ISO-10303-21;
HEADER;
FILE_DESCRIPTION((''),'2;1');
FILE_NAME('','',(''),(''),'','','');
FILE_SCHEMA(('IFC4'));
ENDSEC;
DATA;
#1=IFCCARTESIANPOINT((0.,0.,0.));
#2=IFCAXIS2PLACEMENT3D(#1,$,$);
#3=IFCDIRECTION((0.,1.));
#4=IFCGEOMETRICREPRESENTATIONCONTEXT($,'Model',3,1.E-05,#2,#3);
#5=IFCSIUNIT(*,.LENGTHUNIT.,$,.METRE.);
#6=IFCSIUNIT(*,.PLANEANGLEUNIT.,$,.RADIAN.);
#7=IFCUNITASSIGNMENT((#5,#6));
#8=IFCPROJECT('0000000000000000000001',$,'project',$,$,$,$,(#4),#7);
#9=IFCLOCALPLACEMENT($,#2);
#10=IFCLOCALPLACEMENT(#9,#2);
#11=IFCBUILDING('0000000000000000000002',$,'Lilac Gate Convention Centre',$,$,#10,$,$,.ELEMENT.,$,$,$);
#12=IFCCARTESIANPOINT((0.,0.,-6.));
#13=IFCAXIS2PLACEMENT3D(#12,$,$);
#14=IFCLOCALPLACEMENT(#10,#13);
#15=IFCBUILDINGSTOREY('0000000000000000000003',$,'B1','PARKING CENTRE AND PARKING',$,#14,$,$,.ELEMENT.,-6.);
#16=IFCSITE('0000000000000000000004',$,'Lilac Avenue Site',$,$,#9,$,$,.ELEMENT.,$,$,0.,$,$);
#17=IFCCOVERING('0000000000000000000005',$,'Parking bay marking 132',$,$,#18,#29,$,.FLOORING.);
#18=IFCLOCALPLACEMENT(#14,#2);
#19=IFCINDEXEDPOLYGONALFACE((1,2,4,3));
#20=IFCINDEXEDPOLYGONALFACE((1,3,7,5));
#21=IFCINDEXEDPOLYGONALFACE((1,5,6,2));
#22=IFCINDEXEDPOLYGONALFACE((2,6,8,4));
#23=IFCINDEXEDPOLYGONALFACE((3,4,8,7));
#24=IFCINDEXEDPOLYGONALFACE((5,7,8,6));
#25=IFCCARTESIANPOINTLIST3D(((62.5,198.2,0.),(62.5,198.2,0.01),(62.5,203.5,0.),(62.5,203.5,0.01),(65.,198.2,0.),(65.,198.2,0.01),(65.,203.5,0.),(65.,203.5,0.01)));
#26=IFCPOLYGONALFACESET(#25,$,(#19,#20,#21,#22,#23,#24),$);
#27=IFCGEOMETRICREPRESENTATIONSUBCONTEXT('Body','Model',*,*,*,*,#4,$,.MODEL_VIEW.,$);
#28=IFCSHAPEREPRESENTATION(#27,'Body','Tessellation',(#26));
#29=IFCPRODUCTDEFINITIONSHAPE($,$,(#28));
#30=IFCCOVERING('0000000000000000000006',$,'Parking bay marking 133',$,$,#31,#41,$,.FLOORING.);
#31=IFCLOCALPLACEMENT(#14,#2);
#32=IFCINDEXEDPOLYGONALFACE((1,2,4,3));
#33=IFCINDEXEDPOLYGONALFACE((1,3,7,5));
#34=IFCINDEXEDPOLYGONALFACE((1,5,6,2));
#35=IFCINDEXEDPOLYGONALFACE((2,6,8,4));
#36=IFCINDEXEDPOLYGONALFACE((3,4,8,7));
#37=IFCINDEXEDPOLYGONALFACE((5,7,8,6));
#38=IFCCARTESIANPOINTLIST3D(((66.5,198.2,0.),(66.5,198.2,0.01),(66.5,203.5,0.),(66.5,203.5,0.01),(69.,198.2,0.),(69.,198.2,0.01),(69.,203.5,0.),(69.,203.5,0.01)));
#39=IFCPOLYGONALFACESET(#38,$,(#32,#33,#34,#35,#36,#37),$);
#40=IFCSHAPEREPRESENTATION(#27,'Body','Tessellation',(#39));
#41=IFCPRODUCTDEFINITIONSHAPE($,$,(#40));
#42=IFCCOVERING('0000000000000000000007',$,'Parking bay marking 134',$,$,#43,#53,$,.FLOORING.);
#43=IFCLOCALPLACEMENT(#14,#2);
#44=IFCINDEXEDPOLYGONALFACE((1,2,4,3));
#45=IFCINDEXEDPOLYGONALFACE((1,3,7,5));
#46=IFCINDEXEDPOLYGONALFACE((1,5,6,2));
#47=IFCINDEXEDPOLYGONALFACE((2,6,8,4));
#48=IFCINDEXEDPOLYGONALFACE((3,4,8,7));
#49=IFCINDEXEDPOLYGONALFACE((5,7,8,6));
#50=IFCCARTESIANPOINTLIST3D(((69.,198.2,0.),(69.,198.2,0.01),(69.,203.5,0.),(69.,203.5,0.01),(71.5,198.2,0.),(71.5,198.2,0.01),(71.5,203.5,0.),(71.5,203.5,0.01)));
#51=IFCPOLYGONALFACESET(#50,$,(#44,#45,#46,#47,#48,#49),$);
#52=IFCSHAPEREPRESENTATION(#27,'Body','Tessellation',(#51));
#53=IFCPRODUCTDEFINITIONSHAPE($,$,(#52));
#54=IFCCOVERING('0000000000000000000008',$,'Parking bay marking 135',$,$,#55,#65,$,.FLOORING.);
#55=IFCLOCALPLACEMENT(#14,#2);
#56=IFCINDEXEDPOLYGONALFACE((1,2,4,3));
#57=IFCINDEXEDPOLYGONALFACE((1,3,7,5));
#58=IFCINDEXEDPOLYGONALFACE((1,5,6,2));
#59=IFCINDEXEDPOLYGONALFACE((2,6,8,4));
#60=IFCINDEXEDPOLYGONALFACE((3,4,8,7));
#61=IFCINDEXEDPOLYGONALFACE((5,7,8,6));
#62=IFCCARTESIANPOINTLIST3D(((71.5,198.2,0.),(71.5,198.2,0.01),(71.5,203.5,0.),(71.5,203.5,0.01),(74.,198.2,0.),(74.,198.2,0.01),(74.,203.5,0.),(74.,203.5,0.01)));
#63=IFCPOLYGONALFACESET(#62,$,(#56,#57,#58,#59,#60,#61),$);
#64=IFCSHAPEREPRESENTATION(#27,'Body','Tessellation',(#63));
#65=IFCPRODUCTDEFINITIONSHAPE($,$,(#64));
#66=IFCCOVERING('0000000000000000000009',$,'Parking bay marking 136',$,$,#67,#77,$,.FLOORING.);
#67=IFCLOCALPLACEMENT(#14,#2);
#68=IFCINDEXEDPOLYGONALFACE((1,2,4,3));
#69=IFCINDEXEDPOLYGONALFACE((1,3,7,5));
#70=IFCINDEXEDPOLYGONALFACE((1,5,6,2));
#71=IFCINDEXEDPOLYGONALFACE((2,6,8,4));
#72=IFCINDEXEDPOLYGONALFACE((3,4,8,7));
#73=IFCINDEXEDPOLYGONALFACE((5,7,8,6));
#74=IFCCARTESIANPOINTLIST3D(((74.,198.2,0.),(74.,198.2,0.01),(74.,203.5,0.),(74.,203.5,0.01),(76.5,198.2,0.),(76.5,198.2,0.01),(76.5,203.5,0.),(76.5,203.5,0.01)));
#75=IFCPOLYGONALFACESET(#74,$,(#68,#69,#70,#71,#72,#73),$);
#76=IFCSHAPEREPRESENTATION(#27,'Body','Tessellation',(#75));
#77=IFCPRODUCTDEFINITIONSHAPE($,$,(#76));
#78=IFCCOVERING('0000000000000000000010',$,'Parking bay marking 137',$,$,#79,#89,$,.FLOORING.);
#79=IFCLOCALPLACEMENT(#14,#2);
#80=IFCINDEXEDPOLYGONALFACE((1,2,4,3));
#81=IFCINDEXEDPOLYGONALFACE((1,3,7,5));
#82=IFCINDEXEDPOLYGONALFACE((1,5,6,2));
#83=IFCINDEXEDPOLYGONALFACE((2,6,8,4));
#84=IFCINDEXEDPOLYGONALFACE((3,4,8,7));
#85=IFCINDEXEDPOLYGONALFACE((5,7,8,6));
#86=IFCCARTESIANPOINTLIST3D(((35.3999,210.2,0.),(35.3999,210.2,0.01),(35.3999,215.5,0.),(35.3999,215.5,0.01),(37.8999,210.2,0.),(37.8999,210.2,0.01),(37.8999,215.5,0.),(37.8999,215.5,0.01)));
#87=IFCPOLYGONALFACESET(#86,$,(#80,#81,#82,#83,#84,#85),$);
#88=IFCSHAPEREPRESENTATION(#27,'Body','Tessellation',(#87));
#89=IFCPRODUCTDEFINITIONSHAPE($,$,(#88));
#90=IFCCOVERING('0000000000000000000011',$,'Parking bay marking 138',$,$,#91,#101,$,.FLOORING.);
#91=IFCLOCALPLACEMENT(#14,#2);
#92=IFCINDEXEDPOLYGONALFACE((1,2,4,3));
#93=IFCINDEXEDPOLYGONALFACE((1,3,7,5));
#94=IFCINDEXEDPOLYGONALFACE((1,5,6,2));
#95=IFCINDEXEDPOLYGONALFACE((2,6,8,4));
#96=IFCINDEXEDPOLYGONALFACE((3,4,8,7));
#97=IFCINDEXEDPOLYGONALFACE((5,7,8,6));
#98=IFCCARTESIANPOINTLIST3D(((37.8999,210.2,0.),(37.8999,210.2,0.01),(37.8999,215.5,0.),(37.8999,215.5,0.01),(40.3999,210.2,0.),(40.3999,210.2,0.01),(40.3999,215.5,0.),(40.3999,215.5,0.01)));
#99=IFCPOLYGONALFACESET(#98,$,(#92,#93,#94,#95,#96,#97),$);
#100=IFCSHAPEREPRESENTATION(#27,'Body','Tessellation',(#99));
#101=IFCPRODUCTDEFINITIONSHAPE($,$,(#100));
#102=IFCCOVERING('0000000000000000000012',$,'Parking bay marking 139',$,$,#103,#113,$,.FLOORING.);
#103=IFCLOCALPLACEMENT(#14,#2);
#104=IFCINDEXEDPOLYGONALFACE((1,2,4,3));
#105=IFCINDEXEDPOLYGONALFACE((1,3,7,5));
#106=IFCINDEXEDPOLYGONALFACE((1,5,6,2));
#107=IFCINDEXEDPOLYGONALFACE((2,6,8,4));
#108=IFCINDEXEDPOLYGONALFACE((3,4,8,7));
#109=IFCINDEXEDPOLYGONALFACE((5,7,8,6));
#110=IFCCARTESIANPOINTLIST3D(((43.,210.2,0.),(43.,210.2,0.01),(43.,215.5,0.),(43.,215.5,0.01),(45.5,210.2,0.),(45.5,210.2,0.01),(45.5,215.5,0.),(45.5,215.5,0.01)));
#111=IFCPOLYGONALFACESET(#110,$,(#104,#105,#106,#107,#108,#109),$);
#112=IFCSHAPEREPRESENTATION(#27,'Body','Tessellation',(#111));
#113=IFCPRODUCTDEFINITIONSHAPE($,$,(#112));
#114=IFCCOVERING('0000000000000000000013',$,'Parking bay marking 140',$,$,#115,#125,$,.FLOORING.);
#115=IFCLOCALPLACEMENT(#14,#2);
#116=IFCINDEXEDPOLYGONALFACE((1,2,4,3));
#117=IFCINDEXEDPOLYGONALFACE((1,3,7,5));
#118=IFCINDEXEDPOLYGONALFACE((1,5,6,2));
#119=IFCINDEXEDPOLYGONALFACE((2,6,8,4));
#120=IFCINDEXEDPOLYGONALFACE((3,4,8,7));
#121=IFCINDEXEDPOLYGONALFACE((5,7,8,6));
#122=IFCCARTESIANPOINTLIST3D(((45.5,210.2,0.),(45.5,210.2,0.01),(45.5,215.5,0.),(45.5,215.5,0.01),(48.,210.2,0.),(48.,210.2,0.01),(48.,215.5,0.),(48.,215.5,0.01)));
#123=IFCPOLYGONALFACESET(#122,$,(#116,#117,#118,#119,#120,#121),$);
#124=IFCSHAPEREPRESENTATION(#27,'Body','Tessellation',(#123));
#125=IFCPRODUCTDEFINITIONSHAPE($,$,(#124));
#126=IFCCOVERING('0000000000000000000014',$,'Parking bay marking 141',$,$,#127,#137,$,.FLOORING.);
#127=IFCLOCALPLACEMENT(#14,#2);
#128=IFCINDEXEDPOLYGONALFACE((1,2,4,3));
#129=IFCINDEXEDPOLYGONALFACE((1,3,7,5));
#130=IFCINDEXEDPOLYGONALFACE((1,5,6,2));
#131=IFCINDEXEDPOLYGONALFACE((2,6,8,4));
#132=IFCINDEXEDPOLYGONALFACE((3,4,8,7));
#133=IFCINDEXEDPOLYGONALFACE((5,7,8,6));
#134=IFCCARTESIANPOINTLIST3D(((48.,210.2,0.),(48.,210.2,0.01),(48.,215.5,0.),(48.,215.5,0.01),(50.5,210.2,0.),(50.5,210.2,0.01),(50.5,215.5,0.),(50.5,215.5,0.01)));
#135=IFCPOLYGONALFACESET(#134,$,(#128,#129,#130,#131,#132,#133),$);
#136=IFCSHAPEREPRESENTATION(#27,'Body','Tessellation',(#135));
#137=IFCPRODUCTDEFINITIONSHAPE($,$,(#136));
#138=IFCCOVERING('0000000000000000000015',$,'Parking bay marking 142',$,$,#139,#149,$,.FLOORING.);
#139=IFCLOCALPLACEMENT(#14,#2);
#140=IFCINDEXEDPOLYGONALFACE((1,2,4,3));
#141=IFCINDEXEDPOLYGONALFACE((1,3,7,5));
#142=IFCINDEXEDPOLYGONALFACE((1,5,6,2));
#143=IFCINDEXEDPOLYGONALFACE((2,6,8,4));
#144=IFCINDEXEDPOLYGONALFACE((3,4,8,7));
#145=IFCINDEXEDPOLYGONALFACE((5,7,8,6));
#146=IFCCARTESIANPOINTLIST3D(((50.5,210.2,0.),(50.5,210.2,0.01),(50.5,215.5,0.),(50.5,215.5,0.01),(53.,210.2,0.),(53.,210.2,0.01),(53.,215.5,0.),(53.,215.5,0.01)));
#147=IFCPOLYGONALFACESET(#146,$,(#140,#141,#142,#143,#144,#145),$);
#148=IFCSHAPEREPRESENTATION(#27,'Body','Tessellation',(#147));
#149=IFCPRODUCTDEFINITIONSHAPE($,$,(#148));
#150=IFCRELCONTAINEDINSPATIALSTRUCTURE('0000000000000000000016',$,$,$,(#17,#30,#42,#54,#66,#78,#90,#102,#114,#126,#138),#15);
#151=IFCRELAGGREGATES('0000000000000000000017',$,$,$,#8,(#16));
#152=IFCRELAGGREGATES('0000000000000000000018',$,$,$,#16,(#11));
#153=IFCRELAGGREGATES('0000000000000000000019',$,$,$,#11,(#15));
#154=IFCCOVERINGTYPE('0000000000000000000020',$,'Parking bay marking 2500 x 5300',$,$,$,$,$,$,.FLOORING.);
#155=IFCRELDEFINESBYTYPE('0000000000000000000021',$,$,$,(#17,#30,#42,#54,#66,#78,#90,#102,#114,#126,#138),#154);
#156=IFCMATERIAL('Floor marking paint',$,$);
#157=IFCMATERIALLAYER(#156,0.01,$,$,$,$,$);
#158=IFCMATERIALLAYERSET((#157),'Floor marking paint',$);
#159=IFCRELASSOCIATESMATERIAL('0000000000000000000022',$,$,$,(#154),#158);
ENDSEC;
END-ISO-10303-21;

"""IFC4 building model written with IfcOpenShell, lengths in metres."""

from ifc_helpers import new_model, si_unit, direction, frame, origin, place, context, subcontext, project, spatial, polyline, outline, extrude, material, layer, layer_set, type_object, element, save


model = new_model("IFC4")

# Units and contexts
model_context = context("Model", 3, precision=1e-05, world=origin(), true_north=direction((0.0, 1.0)))
body_context = subcontext(model_context, "Body", "Model", "MODEL_VIEW")
ifc_project = project(units=[si_unit("LENGTHUNIT", "METRE"), si_unit("PLANEANGLEUNIT", "RADIAN")], contexts=[model_context])

# Site, building, storey
site_placement = place(None, origin())
site = spatial("IfcSite", under=ifc_project, at=site_placement, Name="Lilac Avenue Site", CompositionType="ELEMENT", RefElevation=0.0)
building_placement = place(site_placement, origin())
building = spatial("IfcBuilding", under=site, at=building_placement, Name="Lilac Gate Convention Centre", CompositionType="ELEMENT")
storey_placement = place(building_placement, frame((0.0, 0.0, -6.0)))
storey = spatial("IfcBuildingStorey", under=building, at=storey_placement, Name="B1", Description="PARKING CENTRE AND PARKING", CompositionType="ELEMENT", Elevation=-6.0)

# Coverings
ifc_material = material(Name="Floor marking paint")
ifc_layer_1 = layer(ifc_material, 0.01)
ifc_layer_set_1 = layer_set([ifc_layer_1], Name="Floor marking paint")
covering_type_1 = type_object("IfcCoveringType", Name="Parking bay marking 2500 x 5300", PredefinedType="FLOORING", material=ifc_layer_set_1)
covering_1_placement = place(storey_placement, origin())
element("IfcCovering", 1, at=covering_1_placement, inside=storey, type_object=covering_type_1, Name="Parking bay marking 132", PredefinedType="FLOORING", context=body_context, shape_type="SweptSolid", body=[
    extrude(outline(polyline([(62.5, 198.2), (65.0, 198.2), (65.0, 203.5), (62.5, 203.5), (62.5, 198.2)])), origin(), (0.0, 0.0, 1.0), 0.01),
])
covering_2_placement = place(storey_placement, origin())
element("IfcCovering", 2, at=covering_2_placement, inside=storey, type_object=covering_type_1, Name="Parking bay marking 133", PredefinedType="FLOORING", context=body_context, shape_type="SweptSolid", body=[
    extrude(outline(polyline([(66.5, 198.2), (69.0, 198.2), (69.0, 203.5), (66.5, 203.5), (66.5, 198.2)])), origin(), (0.0, 0.0, 1.0), 0.01),
])
covering_3_placement = place(storey_placement, origin())
element("IfcCovering", 3, at=covering_3_placement, inside=storey, type_object=covering_type_1, Name="Parking bay marking 134", PredefinedType="FLOORING", context=body_context, shape_type="SweptSolid", body=[
    extrude(outline(polyline([(69.0, 198.2), (71.5, 198.2), (71.5, 203.5), (69.0, 203.5), (69.0, 198.2)])), origin(), (0.0, 0.0, 1.0), 0.01),
])
covering_4_placement = place(storey_placement, origin())
element("IfcCovering", 4, at=covering_4_placement, inside=storey, type_object=covering_type_1, Name="Parking bay marking 135", PredefinedType="FLOORING", context=body_context, shape_type="SweptSolid", body=[
    extrude(outline(polyline([(71.5, 198.2), (74.0, 198.2), (74.0, 203.5), (71.5, 203.5), (71.5, 198.2)])), origin(), (0.0, 0.0, 1.0), 0.01),
])
covering_5_placement = place(storey_placement, origin())
element("IfcCovering", 5, at=covering_5_placement, inside=storey, type_object=covering_type_1, Name="Parking bay marking 136", PredefinedType="FLOORING", context=body_context, shape_type="SweptSolid", body=[
    extrude(outline(polyline([(74.0, 198.2), (76.5, 198.2), (76.5, 203.5), (74.0, 203.5), (74.0, 198.2)])), origin(), (0.0, 0.0, 1.0), 0.01),
])
covering_6_placement = place(storey_placement, origin())
element("IfcCovering", 6, at=covering_6_placement, inside=storey, type_object=covering_type_1, Name="Parking bay marking 137", PredefinedType="FLOORING", context=body_context, shape_type="SweptSolid", body=[
    extrude(outline(polyline([(35.3999, 210.2), (37.8999, 210.2), (37.8999, 215.5), (35.3999, 215.5), (35.3999, 210.2)])), origin(), (0.0, 0.0, 1.0), 0.01),
])
covering_7_placement = place(storey_placement, origin())
element("IfcCovering", 7, at=covering_7_placement, inside=storey, type_object=covering_type_1, Name="Parking bay marking 138", PredefinedType="FLOORING", context=body_context, shape_type="SweptSolid", body=[
    extrude(outline(polyline([(37.8999, 210.2), (40.3999, 210.2), (40.3999, 215.5), (37.8999, 215.5), (37.8999, 210.2)])), origin(), (0.0, 0.0, 1.0), 0.01),
])
covering_8_placement = place(storey_placement, origin())
element("IfcCovering", 8, at=covering_8_placement, inside=storey, type_object=covering_type_1, Name="Parking bay marking 139", PredefinedType="FLOORING", context=body_context, shape_type="SweptSolid", body=[
    extrude(outline(polyline([(43.0, 210.2), (45.5, 210.2), (45.5, 215.5), (43.0, 215.5), (43.0, 210.2)])), origin(), (0.0, 0.0, 1.0), 0.01),
])
covering_9_placement = place(storey_placement, origin())
element("IfcCovering", 9, at=covering_9_placement, inside=storey, type_object=covering_type_1, Name="Parking bay marking 140", PredefinedType="FLOORING", context=body_context, shape_type="SweptSolid", body=[
    extrude(outline(polyline([(45.5, 210.2), (48.0, 210.2), (48.0, 215.5), (45.5, 215.5), (45.5, 210.2)])), origin(), (0.0, 0.0, 1.0), 0.01),
])
covering_10_placement = place(storey_placement, origin())
element("IfcCovering", 10, at=covering_10_placement, inside=storey, type_object=covering_type_1, Name="Parking bay marking 141", PredefinedType="FLOORING", context=body_context, shape_type="SweptSolid", body=[
    extrude(outline(polyline([(48.0, 210.2), (50.5, 210.2), (50.5, 215.5), (48.0, 215.5), (48.0, 210.2)])), origin(), (0.0, 0.0, 1.0), 0.01),
])
covering_11_placement = place(storey_placement, origin())
element("IfcCovering", 11, at=covering_11_placement, inside=storey, type_object=covering_type_1, Name="Parking bay marking 142", PredefinedType="FLOORING", context=body_context, shape_type="SweptSolid", body=[
    extrude(outline(polyline([(50.5, 210.2), (53.0, 210.2), (53.0, 215.5), (50.5, 215.5), (50.5, 210.2)])), origin(), (0.0, 0.0, 1.0), 0.01),
])

save(model, "model.ifc")
